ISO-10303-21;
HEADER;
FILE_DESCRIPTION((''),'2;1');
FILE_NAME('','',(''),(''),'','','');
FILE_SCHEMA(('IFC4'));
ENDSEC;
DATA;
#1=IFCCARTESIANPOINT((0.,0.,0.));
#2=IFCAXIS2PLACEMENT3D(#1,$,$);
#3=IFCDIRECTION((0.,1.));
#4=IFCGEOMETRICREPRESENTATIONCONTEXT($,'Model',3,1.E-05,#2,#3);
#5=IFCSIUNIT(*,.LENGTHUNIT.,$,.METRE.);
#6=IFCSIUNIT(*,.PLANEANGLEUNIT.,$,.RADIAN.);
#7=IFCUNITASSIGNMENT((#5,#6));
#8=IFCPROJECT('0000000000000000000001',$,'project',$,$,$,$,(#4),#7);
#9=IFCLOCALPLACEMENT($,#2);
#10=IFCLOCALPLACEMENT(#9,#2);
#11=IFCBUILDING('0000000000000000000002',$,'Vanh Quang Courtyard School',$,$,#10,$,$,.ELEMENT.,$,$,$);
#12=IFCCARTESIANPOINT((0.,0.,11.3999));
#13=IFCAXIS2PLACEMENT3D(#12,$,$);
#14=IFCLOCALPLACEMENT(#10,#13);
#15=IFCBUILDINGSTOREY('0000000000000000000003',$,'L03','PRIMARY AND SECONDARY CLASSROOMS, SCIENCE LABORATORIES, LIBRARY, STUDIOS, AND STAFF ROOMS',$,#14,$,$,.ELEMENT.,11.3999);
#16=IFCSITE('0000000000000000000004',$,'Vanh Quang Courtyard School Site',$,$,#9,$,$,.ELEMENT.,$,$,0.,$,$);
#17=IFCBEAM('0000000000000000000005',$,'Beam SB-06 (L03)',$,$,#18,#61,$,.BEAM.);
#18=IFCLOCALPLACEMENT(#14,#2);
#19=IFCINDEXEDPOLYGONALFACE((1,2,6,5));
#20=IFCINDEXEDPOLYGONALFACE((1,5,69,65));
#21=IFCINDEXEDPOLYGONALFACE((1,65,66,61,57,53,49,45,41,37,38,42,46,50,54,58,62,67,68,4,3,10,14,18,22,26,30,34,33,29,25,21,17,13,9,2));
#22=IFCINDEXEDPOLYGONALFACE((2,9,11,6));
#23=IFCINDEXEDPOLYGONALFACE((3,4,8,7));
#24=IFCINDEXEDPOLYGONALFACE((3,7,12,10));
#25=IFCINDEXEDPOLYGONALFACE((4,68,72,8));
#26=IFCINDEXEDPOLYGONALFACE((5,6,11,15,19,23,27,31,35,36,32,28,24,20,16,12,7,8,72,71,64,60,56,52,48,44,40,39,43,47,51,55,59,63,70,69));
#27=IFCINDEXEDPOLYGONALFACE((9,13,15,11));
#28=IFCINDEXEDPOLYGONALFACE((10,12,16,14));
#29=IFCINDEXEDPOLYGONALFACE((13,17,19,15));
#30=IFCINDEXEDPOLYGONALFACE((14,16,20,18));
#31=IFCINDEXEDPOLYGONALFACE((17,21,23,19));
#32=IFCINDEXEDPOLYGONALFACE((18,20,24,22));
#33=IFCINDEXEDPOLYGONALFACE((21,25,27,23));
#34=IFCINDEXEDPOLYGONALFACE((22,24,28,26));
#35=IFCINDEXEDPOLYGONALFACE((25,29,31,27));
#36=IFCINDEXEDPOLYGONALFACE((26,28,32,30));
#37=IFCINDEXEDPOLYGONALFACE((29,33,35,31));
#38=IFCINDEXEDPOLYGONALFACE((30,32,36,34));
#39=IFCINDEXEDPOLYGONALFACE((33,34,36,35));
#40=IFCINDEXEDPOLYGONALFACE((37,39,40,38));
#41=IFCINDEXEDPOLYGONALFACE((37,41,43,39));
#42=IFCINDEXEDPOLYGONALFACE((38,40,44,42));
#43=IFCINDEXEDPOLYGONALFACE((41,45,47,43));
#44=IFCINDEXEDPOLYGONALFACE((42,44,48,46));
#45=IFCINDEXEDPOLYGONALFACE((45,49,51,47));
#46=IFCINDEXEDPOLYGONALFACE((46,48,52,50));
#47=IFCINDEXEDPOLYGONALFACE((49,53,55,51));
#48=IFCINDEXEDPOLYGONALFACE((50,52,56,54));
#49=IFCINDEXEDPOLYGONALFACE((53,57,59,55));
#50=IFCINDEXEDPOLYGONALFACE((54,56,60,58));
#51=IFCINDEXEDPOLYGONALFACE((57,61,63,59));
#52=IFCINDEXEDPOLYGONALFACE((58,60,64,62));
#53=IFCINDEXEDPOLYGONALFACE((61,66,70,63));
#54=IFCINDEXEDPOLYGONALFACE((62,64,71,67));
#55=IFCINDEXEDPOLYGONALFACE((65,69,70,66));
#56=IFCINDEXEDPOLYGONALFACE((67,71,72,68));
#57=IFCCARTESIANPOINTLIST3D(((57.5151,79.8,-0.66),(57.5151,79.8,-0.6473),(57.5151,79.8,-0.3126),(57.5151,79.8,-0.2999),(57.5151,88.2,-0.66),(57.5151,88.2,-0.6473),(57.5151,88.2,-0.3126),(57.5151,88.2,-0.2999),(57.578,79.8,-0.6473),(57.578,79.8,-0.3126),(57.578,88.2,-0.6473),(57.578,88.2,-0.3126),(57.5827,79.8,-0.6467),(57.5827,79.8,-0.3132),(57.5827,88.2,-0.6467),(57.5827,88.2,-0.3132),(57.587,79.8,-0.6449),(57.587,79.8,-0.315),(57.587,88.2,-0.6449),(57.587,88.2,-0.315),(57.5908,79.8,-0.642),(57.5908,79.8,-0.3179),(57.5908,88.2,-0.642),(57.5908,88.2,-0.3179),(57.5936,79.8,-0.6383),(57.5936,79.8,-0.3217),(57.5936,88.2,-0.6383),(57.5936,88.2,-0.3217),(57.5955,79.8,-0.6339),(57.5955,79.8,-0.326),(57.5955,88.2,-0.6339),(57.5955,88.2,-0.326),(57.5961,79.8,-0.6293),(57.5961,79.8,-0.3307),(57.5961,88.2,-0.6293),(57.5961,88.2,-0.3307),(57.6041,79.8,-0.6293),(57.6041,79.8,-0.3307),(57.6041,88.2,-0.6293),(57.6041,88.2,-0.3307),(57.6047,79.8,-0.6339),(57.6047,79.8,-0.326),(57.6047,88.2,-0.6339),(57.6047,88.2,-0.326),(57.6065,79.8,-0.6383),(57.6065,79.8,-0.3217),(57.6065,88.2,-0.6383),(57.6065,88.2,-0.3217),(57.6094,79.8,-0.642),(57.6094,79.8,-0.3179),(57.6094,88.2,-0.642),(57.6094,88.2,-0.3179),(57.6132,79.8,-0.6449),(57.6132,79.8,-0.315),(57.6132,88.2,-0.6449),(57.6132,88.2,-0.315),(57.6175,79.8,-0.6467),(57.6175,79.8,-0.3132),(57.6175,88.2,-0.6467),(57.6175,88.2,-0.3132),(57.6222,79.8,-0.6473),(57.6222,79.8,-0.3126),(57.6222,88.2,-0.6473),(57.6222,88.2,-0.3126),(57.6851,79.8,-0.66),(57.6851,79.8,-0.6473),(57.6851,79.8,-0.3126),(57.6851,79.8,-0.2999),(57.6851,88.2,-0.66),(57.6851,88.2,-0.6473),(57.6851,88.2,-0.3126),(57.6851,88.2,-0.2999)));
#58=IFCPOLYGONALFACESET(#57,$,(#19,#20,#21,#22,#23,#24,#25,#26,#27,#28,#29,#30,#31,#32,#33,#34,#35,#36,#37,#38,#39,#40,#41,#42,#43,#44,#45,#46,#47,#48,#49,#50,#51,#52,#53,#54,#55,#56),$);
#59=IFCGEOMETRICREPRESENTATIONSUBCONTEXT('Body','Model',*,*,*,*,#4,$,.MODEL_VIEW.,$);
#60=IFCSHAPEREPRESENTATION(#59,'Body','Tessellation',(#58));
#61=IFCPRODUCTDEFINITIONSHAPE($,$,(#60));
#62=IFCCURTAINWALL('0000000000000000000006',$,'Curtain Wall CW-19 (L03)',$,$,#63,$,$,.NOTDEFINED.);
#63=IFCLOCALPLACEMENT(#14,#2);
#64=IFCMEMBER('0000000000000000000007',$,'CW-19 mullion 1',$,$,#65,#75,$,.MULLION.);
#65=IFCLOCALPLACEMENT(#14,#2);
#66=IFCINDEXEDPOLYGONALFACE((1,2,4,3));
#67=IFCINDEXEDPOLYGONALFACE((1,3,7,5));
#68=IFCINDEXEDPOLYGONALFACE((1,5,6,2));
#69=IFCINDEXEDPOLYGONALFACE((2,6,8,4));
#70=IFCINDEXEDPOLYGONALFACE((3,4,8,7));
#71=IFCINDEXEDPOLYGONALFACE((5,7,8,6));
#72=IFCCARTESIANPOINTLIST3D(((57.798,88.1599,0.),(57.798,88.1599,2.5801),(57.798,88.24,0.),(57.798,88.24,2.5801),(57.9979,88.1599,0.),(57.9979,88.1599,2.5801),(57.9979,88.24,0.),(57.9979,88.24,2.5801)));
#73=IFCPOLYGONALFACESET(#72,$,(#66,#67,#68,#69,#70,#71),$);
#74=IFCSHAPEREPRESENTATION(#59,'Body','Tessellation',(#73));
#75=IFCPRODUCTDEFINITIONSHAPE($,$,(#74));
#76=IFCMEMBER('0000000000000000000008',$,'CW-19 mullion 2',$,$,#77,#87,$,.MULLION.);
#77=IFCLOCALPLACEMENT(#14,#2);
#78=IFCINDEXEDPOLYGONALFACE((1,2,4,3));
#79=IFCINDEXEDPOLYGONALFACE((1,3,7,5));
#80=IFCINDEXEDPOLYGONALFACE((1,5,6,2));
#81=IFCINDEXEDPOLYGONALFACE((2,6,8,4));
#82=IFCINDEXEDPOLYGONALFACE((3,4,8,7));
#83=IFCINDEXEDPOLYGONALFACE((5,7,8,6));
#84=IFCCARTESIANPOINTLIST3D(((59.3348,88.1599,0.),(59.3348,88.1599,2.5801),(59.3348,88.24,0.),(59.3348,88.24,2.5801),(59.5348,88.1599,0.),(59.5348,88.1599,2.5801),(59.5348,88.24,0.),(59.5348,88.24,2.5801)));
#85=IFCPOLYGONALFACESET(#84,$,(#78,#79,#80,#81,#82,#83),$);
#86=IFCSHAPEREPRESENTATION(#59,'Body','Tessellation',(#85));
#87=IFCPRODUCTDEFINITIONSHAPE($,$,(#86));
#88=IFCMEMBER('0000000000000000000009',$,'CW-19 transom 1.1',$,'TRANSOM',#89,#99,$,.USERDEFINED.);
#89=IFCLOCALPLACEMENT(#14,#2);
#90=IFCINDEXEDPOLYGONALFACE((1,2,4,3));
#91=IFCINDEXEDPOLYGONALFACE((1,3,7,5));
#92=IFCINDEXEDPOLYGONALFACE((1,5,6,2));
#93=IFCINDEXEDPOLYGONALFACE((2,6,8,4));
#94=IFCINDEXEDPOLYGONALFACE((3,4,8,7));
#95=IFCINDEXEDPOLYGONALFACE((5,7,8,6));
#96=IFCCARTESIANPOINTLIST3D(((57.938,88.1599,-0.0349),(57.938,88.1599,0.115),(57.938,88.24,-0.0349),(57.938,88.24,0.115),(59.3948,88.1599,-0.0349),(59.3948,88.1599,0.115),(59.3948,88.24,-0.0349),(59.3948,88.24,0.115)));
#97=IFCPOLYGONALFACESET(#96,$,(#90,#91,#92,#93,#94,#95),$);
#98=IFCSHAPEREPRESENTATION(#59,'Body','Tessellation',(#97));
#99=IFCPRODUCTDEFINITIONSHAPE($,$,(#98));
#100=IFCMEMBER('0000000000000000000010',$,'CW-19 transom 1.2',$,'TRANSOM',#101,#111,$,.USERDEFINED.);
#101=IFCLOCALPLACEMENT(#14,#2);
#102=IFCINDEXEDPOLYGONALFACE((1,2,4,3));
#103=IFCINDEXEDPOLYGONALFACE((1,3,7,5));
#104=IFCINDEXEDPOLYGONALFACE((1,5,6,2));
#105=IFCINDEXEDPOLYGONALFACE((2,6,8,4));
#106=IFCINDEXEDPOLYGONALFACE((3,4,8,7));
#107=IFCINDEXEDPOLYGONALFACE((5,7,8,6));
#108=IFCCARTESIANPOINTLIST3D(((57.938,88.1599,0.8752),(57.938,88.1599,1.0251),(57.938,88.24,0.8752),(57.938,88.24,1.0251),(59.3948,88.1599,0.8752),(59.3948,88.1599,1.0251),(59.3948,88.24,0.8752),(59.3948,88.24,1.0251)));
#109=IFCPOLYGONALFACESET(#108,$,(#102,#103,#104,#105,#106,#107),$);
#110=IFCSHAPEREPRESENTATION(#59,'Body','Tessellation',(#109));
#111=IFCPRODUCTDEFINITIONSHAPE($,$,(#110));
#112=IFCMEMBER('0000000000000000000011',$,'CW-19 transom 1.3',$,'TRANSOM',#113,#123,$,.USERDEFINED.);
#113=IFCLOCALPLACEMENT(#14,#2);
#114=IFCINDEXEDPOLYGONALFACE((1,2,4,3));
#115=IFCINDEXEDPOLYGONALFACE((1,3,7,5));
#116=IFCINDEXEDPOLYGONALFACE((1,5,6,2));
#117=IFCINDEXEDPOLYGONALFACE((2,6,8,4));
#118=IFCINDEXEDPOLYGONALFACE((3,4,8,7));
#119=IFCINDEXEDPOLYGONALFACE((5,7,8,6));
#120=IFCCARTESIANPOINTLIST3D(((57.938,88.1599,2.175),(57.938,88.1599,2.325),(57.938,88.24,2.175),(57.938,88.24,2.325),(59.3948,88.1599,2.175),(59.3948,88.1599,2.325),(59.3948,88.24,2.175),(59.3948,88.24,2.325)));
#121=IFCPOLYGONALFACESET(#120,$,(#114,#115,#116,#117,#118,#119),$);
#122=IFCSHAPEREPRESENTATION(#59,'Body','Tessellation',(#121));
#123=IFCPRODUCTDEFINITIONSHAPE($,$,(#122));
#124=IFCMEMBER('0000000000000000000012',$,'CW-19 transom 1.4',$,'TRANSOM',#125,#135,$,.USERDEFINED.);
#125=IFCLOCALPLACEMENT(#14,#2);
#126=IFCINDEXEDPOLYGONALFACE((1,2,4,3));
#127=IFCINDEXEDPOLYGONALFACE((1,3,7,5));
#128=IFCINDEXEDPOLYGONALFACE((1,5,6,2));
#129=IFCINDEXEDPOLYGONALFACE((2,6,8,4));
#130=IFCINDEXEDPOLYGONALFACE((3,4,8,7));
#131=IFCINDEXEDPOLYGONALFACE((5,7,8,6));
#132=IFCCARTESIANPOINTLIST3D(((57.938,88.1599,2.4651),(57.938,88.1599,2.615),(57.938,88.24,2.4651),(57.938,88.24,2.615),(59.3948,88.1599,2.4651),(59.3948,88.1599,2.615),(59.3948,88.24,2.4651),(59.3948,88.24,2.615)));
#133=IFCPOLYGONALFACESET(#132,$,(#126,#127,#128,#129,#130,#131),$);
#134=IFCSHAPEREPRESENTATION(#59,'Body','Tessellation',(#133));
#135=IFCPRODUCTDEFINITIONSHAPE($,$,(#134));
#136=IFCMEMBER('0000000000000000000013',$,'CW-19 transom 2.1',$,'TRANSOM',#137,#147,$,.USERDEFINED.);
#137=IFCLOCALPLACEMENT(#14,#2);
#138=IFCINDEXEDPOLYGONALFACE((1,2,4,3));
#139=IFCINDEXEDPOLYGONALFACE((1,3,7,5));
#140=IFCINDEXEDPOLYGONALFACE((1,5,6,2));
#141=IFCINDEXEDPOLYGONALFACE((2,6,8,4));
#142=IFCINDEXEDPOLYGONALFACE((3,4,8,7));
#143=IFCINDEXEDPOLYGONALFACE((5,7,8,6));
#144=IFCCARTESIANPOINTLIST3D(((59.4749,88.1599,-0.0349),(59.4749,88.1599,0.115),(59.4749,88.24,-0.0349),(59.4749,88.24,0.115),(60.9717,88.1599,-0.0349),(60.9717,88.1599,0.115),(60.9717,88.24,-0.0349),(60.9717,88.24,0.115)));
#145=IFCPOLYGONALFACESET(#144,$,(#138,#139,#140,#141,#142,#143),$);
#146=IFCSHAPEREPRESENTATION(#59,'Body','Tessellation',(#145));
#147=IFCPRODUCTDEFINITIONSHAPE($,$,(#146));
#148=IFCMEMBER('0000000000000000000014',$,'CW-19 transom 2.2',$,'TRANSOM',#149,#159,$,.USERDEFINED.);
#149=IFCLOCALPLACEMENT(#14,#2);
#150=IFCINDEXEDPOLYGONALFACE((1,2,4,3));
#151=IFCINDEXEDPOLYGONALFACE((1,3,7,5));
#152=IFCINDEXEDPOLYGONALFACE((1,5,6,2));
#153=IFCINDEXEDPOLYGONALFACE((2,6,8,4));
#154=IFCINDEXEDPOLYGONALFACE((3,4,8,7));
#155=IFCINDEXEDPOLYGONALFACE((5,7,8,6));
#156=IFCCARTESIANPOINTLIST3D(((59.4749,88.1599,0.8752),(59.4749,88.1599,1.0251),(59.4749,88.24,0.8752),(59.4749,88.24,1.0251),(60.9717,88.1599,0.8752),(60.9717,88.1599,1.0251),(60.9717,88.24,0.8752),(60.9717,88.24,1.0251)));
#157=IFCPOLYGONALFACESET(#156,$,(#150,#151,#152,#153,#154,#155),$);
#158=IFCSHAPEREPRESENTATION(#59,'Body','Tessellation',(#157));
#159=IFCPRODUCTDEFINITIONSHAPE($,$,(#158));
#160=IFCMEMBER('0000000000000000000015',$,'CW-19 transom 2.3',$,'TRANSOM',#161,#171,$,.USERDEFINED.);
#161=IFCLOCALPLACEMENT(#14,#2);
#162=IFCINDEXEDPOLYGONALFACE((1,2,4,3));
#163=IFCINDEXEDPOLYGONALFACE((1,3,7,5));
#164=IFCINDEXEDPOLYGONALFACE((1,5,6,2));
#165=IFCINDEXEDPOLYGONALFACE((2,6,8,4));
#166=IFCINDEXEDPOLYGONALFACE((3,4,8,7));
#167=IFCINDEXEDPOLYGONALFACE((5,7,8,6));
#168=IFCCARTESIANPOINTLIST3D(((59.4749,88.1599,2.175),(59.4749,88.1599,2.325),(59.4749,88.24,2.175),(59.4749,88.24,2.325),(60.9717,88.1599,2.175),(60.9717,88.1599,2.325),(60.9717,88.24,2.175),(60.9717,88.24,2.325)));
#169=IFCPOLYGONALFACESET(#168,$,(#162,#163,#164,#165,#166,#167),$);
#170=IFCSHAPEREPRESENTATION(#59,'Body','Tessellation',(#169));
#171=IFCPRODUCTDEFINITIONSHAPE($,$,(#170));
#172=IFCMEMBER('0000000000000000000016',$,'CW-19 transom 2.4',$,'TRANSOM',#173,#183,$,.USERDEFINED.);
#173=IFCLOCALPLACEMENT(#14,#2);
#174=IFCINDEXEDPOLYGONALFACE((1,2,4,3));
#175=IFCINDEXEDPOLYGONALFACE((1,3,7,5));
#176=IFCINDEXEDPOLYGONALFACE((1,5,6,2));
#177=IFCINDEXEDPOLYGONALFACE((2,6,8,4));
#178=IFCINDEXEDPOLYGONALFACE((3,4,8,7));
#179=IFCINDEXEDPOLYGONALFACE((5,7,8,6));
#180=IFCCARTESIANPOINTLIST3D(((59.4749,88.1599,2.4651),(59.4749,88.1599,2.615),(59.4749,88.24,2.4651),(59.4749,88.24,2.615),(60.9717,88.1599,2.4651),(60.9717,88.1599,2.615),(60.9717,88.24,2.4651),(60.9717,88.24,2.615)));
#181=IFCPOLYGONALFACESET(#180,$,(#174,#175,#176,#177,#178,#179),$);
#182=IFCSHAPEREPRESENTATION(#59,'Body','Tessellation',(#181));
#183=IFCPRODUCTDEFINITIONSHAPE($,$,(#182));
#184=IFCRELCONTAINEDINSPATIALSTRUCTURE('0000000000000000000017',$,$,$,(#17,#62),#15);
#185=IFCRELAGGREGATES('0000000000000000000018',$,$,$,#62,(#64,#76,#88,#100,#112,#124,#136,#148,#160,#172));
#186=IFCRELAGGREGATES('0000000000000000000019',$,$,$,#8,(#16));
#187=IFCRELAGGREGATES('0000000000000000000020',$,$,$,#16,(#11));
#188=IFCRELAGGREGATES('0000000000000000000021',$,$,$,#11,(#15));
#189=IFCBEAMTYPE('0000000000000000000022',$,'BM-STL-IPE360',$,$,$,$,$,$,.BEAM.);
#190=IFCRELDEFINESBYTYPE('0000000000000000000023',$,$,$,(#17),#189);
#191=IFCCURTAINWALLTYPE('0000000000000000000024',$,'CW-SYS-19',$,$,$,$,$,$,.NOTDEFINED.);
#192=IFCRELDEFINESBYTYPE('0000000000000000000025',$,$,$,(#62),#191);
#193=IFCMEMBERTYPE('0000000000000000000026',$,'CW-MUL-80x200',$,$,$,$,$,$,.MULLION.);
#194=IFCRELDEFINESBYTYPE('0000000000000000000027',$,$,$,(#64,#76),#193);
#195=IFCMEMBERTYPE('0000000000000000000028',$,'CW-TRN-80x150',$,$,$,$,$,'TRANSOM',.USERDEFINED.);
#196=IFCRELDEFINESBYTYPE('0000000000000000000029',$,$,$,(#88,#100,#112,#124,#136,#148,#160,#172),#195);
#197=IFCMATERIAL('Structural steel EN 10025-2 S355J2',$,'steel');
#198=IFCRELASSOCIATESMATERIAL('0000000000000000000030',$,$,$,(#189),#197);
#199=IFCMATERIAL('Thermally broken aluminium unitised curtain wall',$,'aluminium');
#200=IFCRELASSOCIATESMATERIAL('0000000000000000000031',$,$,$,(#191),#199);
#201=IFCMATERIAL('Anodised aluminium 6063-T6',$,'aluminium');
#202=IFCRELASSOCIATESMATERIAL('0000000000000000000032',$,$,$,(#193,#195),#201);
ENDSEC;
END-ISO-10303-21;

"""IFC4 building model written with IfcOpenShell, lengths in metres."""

from ifc_helpers import new_model, si_unit, direction, frame, origin, origin_2d, place, context, subcontext, project, spatial, rectangle, i_section, extrude, material, material_profile, profile_set, type_object, element, aggregate, save


model = new_model("IFC4")

# Units and contexts
model_context = context("Model", 3, precision=1e-05, world=origin(), true_north=direction((0.0, 1.0)))
body_context = subcontext(model_context, "Body", "Model", "MODEL_VIEW")
ifc_project = project(units=[si_unit("LENGTHUNIT", "METRE"), si_unit("PLANEANGLEUNIT", "RADIAN")], contexts=[model_context])

# Site, building, storey
site_placement = place(None, origin())
site = spatial("IfcSite", under=ifc_project, at=site_placement, Name="Vanh Quang Courtyard School Site", CompositionType="ELEMENT", RefElevation=0.0)
building_placement = place(site_placement, origin())
building = spatial("IfcBuilding", under=site, at=building_placement, Name="Vanh Quang Courtyard School", CompositionType="ELEMENT")
storey_placement = place(building_placement, frame((0.0, 0.0, 11.3999)))
storey = spatial("IfcBuildingStorey", under=building, at=storey_placement, Name="L03", Description="PRIMARY AND SECONDARY CLASSROOMS, SCIENCE LABORATORIES, LIBRARY, STUDIOS, AND STAFF ROOMS", CompositionType="ELEMENT", Elevation=11.3999)

# Beam
ifc_material_1 = material(Name="Structural steel EN 10025-2 S355J2", Category="steel")
ifc_material_profile_1 = material_profile(ifc_material_1, i_section(OverallWidth=0.1699, OverallDepth=0.3601, WebThickness=0.0081, FlangeThickness=0.0127, FilletRadius=0.0181, at=origin_2d()), Name="IPE 360")
ifc_profile_set_1 = profile_set([ifc_material_profile_1], Name="Structural steel EN 10025-2 S355J2")
beam_type_1 = type_object("IfcBeamType", Name="BM-STL-IPE360", PredefinedType="BEAM", material=ifc_profile_set_1)
beam_1_placement = place(storey_placement, frame((57.6001, 79.8, -0.48), z_axis=(0.0, 1.0, 0.0), x_axis=(-1.0, 0.0, 0.0)))
element("IfcBeam", 1, at=beam_1_placement, inside=storey, type_object=beam_type_1, Name="Beam SB-06 (L03)", PredefinedType="BEAM", context=body_context, shape_type="SweptSolid", body=[
    extrude(i_section(OverallWidth=0.1699, OverallDepth=0.3601, WebThickness=0.0081, FlangeThickness=0.0127, FilletRadius=0.0181, at=origin_2d()), origin(), (0.0, 0.0, 1.0), 8.3999),
])

# Curtain wall, members
ifc_material_2 = material(Name="Thermally broken aluminium unitised curtain wall", Category="aluminium")
curtain_wall_type = type_object("IfcCurtainWallType", Name="CW-SYS-19", PredefinedType="NOTDEFINED", material=ifc_material_2)
curtain_wall_placement = place(storey_placement, origin())
curtain_wall = element("IfcCurtainWall", 2, at=curtain_wall_placement, inside=storey, type_object=curtain_wall_type, Name="Curtain Wall CW-19 (L03)", PredefinedType="NOTDEFINED")
ifc_material_3 = material(Name="Anodised aluminium 6063-T6", Category="aluminium")
ifc_material_profile_2 = material_profile(ifc_material_3, rectangle(XDim=0.0801, YDim=0.2, at=origin_2d()), Name="ALU-MUL 80x200")
ifc_profile_set_2 = profile_set([ifc_material_profile_2], Name="Anodised aluminium 6063-T6")
member_type_1 = type_object("IfcMemberType", Name="CW-MUL-80x200", PredefinedType="MULLION", material=ifc_profile_set_2)
member_1_placement = place(storey_placement, frame((57.8979, 88.2, 0.0), z_axis=(0.0, 0.0, 1.0), x_axis=(0.0, 1.0, 0.0)))
member_1 = element("IfcMember", 3, at=member_1_placement, type_object=member_type_1, Name="CW-19 mullion 1", PredefinedType="MULLION", context=body_context, shape_type="SweptSolid", body=[
    extrude(rectangle(XDim=0.0801, YDim=0.2, at=origin_2d()), origin(), (0.0, 0.0, 1.0), 2.5801),
])
member_2_placement = place(storey_placement, frame((59.4348, 88.2, 0.0), z_axis=(0.0, 0.0, 1.0), x_axis=(0.0, 1.0, 0.0)))
member_2 = element("IfcMember", 4, at=member_2_placement, type_object=member_type_1, Name="CW-19 mullion 2", PredefinedType="MULLION", context=body_context, shape_type="SweptSolid", body=[
    extrude(rectangle(XDim=0.0801, YDim=0.2, at=origin_2d()), origin(), (0.0, 0.0, 1.0), 2.5801),
])
ifc_material_profile_3 = material_profile(ifc_material_3, rectangle(XDim=0.0801, YDim=0.1499, at=origin_2d()), Name="ALU-TRN 80x150")
ifc_profile_set_3 = profile_set([ifc_material_profile_3], Name="Anodised aluminium 6063-T6")
member_type_2 = type_object("IfcMemberType", Name="CW-TRN-80x150", ElementType="TRANSOM", PredefinedType="USERDEFINED", material=ifc_profile_set_3)
member_3_placement = place(storey_placement, frame((57.938, 88.2, 0.04), z_axis=(1.0, 0.0, 0.0), x_axis=(0.0, 1.0, 0.0)))
member_3 = element("IfcMember", 5, at=member_3_placement, type_object=member_type_2, Name="CW-19 transom 1.1", ObjectType="TRANSOM", PredefinedType="USERDEFINED", context=body_context, shape_type="SweptSolid", body=[
    extrude(rectangle(XDim=0.0801, YDim=0.1499, at=origin_2d()), origin(), (0.0, 0.0, 1.0), 1.4568),
])
member_4_placement = place(storey_placement, frame((57.938, 88.2, 0.9502), z_axis=(1.0, 0.0, 0.0), x_axis=(0.0, 1.0, 0.0)))
member_4 = element("IfcMember", 6, at=member_4_placement, type_object=member_type_2, Name="CW-19 transom 1.2", ObjectType="TRANSOM", PredefinedType="USERDEFINED", context=body_context, shape_type="SweptSolid", body=[
    extrude(rectangle(XDim=0.0801, YDim=0.1499, at=origin_2d()), origin(), (0.0, 0.0, 1.0), 1.4568),
])
member_5_placement = place(storey_placement, frame((57.938, 88.2, 2.25), z_axis=(1.0, 0.0, 0.0), x_axis=(0.0, 1.0, 0.0)))
member_5 = element("IfcMember", 7, at=member_5_placement, type_object=member_type_2, Name="CW-19 transom 1.3", ObjectType="TRANSOM", PredefinedType="USERDEFINED", context=body_context, shape_type="SweptSolid", body=[
    extrude(rectangle(XDim=0.0801, YDim=0.1499, at=origin_2d()), origin(), (0.0, 0.0, 1.0), 1.4568),
])
member_6_placement = place(storey_placement, frame((57.938, 88.2, 2.54), z_axis=(1.0, 0.0, 0.0), x_axis=(0.0, 1.0, 0.0)))
member_6 = element("IfcMember", 8, at=member_6_placement, type_object=member_type_2, Name="CW-19 transom 1.4", ObjectType="TRANSOM", PredefinedType="USERDEFINED", context=body_context, shape_type="SweptSolid", body=[
    extrude(rectangle(XDim=0.0801, YDim=0.1499, at=origin_2d()), origin(), (0.0, 0.0, 1.0), 1.4568),
])
member_7_placement = place(storey_placement, frame((59.4749, 88.2, 0.04), z_axis=(1.0, 0.0, 0.0), x_axis=(0.0, 1.0, 0.0)))
member_7 = element("IfcMember", 9, at=member_7_placement, type_object=member_type_2, Name="CW-19 transom 2.1", ObjectType="TRANSOM", PredefinedType="USERDEFINED", context=body_context, shape_type="SweptSolid", body=[
    extrude(rectangle(XDim=0.0801, YDim=0.1499, at=origin_2d()), origin(), (0.0, 0.0, 1.0), 1.4968),
])
member_8_placement = place(storey_placement, frame((59.4749, 88.2, 0.9502), z_axis=(1.0, 0.0, 0.0), x_axis=(0.0, 1.0, 0.0)))
member_8 = element("IfcMember", 10, at=member_8_placement, type_object=member_type_2, Name="CW-19 transom 2.2", ObjectType="TRANSOM", PredefinedType="USERDEFINED", context=body_context, shape_type="SweptSolid", body=[
    extrude(rectangle(XDim=0.0801, YDim=0.1499, at=origin_2d()), origin(), (0.0, 0.0, 1.0), 1.4968),
])
member_9_placement = place(storey_placement, frame((59.4749, 88.2, 2.25), z_axis=(1.0, 0.0, 0.0), x_axis=(0.0, 1.0, 0.0)))
member_9 = element("IfcMember", 11, at=member_9_placement, type_object=member_type_2, Name="CW-19 transom 2.3", ObjectType="TRANSOM", PredefinedType="USERDEFINED", context=body_context, shape_type="SweptSolid", body=[
    extrude(rectangle(XDim=0.0801, YDim=0.1499, at=origin_2d()), origin(), (0.0, 0.0, 1.0), 1.4968),
])
member_10_placement = place(storey_placement, frame((59.4749, 88.2, 2.54), z_axis=(1.0, 0.0, 0.0), x_axis=(0.0, 1.0, 0.0)))
member_10 = element("IfcMember", 12, at=member_10_placement, type_object=member_type_2, Name="CW-19 transom 2.4", ObjectType="TRANSOM", PredefinedType="USERDEFINED", context=body_context, shape_type="SweptSolid", body=[
    extrude(rectangle(XDim=0.0801, YDim=0.1499, at=origin_2d()), origin(), (0.0, 0.0, 1.0), 1.4968),
])

aggregate(curtain_wall, [member_1, member_2, member_3, member_4, member_5, member_6, member_7, member_8, member_9, member_10])

save(model, "model.ifc")
